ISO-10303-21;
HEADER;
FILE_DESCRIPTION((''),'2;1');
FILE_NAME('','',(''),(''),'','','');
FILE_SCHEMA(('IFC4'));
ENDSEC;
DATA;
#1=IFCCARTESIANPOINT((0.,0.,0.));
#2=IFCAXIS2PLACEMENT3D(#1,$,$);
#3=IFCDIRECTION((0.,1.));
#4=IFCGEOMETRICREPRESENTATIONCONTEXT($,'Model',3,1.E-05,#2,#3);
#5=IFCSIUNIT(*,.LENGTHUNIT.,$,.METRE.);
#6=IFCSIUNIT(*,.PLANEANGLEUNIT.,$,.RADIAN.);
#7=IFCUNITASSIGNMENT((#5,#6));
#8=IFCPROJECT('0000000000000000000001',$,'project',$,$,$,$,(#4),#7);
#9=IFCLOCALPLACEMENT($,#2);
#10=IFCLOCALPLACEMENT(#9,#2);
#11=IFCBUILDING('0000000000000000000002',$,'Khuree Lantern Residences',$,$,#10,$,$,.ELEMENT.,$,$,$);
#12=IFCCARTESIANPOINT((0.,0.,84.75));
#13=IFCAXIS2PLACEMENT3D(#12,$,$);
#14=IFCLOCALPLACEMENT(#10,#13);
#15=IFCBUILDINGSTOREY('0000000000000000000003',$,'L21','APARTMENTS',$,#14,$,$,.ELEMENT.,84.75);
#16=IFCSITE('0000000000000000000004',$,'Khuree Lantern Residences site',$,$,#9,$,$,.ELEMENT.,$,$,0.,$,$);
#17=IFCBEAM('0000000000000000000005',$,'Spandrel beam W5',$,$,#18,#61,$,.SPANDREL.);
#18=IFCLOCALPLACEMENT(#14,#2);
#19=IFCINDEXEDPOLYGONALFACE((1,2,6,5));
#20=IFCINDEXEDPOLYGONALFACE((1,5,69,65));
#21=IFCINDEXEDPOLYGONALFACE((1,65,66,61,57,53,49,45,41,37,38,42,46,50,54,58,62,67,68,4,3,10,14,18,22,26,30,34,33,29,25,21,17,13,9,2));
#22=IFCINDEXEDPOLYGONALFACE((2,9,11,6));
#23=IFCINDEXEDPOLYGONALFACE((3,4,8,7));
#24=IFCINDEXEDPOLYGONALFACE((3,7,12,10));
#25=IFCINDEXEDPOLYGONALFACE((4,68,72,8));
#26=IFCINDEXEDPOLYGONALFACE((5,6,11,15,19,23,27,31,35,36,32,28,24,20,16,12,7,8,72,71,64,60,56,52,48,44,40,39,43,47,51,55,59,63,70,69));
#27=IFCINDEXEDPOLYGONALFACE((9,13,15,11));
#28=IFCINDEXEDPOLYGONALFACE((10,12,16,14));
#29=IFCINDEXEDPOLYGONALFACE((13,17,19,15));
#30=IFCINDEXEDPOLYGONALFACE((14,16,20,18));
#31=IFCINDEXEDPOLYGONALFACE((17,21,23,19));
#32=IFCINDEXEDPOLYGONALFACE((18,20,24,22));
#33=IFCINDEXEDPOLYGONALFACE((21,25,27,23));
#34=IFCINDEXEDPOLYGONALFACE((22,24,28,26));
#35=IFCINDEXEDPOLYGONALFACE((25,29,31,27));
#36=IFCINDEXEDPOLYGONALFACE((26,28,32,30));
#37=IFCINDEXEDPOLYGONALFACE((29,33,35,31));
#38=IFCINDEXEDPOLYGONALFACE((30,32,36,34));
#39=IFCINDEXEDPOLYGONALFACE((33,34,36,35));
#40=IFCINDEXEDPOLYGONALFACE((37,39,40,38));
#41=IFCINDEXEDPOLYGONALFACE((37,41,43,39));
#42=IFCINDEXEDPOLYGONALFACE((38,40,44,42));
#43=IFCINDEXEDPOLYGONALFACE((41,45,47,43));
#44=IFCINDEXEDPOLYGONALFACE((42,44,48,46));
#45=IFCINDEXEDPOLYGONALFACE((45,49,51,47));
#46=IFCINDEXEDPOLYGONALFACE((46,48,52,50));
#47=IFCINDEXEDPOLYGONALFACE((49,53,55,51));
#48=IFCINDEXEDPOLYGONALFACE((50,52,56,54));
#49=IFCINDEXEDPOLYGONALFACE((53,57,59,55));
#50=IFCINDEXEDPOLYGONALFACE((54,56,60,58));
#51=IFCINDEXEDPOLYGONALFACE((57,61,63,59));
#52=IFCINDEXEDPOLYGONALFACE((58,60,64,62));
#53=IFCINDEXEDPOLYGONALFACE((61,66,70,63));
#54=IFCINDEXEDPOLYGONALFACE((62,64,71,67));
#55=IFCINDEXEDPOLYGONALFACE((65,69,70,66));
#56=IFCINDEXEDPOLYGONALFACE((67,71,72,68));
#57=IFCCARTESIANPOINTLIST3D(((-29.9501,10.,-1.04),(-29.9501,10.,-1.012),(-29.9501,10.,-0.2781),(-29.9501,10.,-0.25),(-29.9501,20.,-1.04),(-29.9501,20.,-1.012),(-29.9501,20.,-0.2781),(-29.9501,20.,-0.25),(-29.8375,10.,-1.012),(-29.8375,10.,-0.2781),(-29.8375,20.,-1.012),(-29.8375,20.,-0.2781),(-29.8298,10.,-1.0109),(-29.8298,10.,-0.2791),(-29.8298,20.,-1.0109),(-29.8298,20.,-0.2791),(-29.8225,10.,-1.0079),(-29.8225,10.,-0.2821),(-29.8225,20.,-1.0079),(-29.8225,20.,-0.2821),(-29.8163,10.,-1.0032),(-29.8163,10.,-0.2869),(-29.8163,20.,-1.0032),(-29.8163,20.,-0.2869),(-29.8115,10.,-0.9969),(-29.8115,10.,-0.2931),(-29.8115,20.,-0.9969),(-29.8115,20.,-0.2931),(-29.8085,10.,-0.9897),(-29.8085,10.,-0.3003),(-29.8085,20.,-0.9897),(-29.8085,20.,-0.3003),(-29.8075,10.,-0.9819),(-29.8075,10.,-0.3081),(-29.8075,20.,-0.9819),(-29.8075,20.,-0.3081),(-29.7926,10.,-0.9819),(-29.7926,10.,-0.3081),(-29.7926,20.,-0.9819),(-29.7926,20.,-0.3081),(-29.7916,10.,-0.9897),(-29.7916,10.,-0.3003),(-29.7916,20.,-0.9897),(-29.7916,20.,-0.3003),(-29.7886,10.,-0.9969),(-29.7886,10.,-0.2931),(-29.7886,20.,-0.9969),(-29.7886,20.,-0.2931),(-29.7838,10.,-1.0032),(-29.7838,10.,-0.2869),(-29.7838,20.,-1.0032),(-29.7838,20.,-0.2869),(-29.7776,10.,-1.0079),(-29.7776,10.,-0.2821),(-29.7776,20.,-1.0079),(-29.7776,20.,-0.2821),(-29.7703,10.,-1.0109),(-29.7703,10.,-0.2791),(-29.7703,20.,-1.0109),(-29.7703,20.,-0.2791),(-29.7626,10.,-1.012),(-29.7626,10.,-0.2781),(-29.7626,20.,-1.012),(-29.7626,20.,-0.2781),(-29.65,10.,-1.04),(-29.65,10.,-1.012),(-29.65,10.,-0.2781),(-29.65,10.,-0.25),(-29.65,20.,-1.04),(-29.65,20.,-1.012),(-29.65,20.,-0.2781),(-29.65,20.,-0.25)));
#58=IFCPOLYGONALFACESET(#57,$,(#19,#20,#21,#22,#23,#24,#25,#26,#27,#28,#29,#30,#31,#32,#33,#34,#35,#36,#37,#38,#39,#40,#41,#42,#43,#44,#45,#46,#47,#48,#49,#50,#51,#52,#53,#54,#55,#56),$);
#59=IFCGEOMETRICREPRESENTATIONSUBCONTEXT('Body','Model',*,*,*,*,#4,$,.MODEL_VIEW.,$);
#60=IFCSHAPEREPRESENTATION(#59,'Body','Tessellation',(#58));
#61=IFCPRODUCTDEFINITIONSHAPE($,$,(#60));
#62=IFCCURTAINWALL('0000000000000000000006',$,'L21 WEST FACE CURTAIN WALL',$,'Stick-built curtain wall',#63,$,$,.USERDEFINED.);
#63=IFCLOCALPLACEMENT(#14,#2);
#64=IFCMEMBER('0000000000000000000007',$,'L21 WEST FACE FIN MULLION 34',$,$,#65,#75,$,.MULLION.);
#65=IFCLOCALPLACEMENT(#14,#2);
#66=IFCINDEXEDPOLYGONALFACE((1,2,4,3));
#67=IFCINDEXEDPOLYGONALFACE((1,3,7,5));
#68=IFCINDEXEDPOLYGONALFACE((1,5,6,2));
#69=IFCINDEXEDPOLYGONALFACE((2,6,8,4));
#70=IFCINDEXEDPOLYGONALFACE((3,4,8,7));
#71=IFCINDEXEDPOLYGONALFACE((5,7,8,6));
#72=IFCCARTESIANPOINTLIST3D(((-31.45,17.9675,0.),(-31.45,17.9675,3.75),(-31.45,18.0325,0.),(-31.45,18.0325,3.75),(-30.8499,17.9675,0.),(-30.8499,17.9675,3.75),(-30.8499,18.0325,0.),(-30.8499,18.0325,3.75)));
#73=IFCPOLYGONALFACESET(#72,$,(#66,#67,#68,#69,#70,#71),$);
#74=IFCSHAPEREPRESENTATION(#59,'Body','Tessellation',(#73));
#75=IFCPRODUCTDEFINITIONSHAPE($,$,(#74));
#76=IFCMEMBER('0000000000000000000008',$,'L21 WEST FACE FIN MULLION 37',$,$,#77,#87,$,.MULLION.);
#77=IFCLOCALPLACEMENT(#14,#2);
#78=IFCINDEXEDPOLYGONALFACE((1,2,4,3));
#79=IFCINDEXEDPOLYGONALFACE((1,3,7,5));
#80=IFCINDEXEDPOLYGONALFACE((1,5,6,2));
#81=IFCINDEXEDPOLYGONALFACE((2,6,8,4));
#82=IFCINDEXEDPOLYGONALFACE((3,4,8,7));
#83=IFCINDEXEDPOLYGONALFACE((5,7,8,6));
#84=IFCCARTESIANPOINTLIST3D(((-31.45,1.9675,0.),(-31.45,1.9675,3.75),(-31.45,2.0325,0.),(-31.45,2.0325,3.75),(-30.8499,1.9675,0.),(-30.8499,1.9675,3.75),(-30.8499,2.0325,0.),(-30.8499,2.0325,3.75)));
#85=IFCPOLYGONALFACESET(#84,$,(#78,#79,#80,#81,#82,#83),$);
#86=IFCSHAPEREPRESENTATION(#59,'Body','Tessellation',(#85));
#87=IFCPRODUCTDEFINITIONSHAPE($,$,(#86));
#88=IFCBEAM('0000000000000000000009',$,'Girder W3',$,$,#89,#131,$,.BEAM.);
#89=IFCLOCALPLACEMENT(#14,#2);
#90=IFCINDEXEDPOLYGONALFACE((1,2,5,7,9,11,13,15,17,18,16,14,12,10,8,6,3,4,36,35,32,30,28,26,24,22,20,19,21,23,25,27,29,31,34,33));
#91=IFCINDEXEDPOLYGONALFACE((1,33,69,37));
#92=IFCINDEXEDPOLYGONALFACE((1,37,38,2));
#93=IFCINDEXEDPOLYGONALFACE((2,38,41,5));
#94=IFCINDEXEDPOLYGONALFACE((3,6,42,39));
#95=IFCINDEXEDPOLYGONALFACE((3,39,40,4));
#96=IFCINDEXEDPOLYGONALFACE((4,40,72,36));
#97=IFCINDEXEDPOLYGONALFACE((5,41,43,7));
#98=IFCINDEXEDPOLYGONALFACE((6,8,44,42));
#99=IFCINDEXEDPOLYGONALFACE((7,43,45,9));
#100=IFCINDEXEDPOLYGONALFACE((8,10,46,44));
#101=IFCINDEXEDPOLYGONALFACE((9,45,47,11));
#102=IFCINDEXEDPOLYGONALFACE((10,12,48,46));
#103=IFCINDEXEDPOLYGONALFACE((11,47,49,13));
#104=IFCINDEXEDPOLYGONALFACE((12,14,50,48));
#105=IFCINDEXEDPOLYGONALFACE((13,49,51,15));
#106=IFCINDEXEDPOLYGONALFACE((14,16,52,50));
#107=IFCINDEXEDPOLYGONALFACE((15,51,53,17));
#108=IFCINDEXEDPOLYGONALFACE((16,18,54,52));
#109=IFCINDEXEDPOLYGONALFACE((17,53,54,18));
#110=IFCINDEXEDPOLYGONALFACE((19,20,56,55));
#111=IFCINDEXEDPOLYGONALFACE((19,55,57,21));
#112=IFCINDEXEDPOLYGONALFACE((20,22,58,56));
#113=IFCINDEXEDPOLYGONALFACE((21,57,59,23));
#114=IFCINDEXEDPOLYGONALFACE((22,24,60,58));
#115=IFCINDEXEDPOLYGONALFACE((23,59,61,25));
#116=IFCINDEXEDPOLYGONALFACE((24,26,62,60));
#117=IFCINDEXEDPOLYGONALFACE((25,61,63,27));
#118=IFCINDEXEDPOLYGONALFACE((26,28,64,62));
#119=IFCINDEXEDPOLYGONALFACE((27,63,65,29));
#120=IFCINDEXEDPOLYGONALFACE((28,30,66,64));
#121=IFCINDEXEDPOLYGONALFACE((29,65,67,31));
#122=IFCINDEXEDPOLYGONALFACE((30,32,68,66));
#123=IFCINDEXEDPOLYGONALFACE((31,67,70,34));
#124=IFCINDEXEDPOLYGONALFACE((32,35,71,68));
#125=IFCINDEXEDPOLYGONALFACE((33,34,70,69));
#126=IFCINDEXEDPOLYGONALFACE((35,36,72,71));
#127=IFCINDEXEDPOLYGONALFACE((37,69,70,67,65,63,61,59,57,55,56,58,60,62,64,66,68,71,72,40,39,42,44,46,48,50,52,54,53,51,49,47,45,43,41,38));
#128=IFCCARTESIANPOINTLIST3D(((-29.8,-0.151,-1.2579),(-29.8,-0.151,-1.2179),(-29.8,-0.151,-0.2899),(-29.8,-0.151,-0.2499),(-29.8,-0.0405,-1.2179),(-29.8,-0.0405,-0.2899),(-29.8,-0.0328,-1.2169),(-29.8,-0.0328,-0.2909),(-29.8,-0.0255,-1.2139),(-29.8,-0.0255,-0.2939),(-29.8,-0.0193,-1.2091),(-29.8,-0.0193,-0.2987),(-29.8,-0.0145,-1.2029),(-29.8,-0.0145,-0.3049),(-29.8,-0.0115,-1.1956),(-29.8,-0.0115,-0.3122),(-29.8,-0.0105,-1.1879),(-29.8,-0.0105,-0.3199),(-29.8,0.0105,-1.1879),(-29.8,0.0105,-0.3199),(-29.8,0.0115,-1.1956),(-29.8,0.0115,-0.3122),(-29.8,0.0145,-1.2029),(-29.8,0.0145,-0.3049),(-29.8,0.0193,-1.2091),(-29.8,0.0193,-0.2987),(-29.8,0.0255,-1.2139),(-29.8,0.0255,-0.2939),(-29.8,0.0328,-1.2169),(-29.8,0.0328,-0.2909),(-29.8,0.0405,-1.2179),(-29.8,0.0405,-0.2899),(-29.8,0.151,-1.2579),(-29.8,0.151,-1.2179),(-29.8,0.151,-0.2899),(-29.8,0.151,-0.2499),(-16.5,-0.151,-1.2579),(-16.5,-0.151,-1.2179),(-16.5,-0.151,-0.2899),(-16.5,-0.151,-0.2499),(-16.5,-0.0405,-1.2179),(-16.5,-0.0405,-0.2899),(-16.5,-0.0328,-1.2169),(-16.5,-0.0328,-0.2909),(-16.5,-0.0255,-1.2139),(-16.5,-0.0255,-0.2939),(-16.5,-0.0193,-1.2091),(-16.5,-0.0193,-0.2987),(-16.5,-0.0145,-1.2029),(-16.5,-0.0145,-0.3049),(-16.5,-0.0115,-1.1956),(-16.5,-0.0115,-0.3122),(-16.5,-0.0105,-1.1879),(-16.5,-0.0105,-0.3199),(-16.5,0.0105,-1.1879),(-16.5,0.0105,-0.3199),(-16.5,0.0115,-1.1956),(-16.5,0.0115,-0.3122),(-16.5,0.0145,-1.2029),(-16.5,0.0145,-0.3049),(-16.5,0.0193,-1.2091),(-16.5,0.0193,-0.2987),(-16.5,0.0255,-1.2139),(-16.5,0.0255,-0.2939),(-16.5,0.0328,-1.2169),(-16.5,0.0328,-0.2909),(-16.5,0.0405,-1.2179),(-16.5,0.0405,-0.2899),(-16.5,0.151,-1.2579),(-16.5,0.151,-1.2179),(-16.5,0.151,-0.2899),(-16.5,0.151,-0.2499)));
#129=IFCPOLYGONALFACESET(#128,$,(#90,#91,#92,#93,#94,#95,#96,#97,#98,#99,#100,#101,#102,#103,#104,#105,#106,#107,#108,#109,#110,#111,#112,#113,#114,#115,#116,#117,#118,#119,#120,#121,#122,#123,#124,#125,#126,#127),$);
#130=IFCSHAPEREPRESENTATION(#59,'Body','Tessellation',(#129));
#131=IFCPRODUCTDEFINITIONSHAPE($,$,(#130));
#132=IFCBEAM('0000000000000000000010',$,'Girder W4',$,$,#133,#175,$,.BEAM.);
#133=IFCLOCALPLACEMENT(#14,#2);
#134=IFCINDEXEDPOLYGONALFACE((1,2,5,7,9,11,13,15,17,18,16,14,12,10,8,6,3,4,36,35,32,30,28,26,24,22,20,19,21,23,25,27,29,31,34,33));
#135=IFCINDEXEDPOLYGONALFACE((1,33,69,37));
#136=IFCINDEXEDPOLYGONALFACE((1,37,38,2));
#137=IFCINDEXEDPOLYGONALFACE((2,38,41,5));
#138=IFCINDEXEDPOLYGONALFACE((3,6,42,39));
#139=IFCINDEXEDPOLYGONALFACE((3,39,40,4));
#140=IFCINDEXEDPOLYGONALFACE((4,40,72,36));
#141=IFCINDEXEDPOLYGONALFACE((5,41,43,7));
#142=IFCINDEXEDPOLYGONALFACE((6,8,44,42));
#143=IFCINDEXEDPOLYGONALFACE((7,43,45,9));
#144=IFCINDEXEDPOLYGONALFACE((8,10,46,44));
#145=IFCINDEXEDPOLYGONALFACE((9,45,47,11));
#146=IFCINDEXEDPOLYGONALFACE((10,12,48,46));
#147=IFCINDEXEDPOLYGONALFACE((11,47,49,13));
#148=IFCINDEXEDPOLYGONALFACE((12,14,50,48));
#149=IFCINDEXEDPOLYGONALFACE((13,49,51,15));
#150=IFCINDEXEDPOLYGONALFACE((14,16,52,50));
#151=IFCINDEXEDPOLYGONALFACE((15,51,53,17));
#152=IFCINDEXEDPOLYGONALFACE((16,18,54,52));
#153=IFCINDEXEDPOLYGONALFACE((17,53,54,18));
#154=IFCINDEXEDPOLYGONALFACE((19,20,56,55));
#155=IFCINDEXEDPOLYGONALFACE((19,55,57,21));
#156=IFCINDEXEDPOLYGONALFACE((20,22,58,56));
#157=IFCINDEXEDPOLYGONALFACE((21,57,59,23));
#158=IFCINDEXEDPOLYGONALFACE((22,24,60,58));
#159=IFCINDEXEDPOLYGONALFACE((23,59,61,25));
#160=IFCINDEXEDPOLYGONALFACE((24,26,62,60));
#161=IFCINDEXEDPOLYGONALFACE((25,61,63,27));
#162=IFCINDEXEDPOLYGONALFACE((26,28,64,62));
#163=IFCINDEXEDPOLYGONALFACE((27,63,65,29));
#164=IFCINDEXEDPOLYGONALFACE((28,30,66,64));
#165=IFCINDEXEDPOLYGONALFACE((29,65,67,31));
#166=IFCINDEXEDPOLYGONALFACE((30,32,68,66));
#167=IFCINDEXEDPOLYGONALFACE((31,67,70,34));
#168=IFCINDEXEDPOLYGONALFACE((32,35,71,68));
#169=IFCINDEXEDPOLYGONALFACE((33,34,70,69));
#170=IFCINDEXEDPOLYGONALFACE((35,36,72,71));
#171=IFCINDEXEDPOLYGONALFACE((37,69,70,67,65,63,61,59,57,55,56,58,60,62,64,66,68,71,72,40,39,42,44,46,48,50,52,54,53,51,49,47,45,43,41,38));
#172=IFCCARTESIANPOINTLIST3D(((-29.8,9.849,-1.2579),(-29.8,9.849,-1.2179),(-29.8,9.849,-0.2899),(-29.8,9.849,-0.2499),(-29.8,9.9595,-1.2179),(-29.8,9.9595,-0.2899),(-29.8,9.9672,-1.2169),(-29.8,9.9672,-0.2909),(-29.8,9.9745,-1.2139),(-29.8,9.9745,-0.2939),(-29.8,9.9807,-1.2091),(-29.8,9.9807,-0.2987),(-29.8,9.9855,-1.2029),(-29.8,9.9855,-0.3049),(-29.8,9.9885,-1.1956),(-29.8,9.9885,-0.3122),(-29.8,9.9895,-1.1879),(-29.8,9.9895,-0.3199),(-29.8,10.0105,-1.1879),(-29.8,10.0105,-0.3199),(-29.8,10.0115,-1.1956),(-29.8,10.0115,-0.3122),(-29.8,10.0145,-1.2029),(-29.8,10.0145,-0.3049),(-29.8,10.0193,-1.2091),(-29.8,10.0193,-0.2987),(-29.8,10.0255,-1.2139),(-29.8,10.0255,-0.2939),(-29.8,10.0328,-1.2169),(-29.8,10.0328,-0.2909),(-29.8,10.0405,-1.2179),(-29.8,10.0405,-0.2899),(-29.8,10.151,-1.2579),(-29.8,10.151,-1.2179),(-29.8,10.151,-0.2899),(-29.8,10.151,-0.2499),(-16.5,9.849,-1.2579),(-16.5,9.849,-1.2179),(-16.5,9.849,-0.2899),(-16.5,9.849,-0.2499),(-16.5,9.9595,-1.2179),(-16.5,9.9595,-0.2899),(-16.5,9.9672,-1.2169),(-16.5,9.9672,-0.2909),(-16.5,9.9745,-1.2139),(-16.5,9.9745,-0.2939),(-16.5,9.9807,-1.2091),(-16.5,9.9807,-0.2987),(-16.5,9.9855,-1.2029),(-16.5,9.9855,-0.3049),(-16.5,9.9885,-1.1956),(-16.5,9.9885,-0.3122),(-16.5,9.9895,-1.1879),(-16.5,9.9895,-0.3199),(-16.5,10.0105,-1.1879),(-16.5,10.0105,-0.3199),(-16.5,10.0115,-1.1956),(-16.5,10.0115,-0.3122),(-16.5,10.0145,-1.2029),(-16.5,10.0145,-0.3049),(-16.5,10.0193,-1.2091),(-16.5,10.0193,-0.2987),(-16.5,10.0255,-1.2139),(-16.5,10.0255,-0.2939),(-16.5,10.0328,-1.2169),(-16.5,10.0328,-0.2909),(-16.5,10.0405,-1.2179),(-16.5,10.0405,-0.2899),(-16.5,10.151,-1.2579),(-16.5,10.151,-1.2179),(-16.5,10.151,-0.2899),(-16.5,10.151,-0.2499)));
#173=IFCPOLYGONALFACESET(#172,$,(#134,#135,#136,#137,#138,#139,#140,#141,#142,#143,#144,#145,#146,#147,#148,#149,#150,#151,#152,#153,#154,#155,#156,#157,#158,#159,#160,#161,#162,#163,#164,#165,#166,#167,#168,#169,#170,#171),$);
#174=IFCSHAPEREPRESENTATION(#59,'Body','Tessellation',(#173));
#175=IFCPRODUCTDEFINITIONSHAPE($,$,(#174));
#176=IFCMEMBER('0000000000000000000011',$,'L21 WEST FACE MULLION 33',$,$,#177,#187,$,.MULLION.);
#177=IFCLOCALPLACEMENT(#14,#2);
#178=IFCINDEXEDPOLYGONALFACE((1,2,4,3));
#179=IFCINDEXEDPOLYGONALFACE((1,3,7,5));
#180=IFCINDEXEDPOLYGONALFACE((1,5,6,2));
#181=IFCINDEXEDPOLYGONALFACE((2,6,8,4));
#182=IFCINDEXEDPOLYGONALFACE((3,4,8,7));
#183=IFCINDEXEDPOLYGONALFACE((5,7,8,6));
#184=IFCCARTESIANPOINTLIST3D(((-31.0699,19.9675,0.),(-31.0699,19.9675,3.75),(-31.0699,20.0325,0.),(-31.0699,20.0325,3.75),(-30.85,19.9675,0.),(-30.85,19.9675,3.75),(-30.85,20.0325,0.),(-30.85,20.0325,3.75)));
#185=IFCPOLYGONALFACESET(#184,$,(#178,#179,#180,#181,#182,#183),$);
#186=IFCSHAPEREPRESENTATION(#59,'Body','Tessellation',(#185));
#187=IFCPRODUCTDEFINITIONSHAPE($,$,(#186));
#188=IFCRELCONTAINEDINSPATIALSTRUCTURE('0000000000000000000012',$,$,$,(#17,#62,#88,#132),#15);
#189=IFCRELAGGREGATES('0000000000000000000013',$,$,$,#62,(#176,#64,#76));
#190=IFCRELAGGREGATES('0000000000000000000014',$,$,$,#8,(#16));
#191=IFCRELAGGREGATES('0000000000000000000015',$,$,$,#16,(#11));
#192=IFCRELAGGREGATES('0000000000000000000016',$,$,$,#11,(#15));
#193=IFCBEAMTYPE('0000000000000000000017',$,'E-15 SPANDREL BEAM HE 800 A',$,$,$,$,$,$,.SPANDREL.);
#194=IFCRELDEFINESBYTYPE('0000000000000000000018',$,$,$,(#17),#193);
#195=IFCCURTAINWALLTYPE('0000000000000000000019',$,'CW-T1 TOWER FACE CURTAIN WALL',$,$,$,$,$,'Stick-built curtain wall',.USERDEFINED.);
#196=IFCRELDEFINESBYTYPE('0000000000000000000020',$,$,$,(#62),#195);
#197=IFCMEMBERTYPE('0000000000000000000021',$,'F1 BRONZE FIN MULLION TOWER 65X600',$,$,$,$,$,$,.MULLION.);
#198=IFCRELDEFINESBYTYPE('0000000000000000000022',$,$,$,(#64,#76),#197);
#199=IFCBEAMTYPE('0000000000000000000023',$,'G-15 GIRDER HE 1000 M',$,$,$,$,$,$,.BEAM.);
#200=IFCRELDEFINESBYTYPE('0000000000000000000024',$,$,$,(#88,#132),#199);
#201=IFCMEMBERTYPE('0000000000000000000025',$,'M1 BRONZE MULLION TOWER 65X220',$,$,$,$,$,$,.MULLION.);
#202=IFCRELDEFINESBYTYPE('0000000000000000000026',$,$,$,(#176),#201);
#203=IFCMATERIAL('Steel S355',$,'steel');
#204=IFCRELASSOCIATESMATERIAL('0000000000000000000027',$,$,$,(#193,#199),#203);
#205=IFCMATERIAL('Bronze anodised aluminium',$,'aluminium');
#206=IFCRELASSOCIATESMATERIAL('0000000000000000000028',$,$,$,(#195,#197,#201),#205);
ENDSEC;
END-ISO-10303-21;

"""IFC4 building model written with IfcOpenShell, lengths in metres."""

from ifc_helpers import new_model, si_unit, direction, frame, origin, origin_2d, place, context, subcontext, project, spatial, rectangle, i_section, extrude, material, material_profile, profile_set, type_object, element, aggregate, save


model = new_model("IFC4")

# Units and contexts
model_context = context("Model", 3, precision=1e-05, world=origin(), true_north=direction((0.0, 1.0)))
body_context = subcontext(model_context, "Body", "Model", "MODEL_VIEW")
ifc_project = project(units=[si_unit("LENGTHUNIT", "METRE"), si_unit("PLANEANGLEUNIT", "RADIAN")], contexts=[model_context])

# Site, building, storey
site_placement = place(None, origin())
site = spatial("IfcSite", under=ifc_project, at=site_placement, Name="Khuree Lantern Residences site", CompositionType="ELEMENT", RefElevation=0.0)
building_placement = place(site_placement, origin())
building = spatial("IfcBuilding", under=site, at=building_placement, Name="Khuree Lantern Residences", CompositionType="ELEMENT")
storey_placement = place(building_placement, frame((0.0, 0.0, 84.75)))
storey = spatial("IfcBuildingStorey", under=building, at=storey_placement, Name="L21", Description="APARTMENTS", CompositionType="ELEMENT", Elevation=84.75)

# Beam
ifc_material_1 = material(Name="Steel S355", Category="steel")
ifc_material_profile_1 = material_profile(ifc_material_1, i_section(OverallWidth=0.3, OverallDepth=0.79, WebThickness=0.0149, FlangeThickness=0.0281, FilletRadius=0.03, at=origin_2d()), Name="HE 800 A")
ifc_profile_set_1 = profile_set([ifc_material_profile_1], Name="Steel S355")
beam_type_1 = type_object("IfcBeamType", Name="E-15 SPANDREL BEAM HE 800 A", PredefinedType="SPANDREL", material=ifc_profile_set_1)
for number, where, z_axis, x_axis, name in (
    (1, (-29.8, 10.0, -0.645), (0.0, 1.0, 0.0), (-1.0, 0.0, 0.0), "Spandrel beam W5"),
):
    element("IfcBeam", number, at=place(storey_placement, frame(where, z_axis=z_axis, x_axis=x_axis)), inside=storey, type_object=beam_type_1, Name=name, PredefinedType="SPANDREL", context=body_context, shape_type="SweptSolid", body=[
        extrude(i_section(OverallWidth=0.3, OverallDepth=0.79, WebThickness=0.0149, FlangeThickness=0.0281, FilletRadius=0.03, at=origin_2d()), origin(), (0.0, 0.0, 1.0), 10.0),
    ])

# Curtain wall, members
ifc_material_2 = material(Name="Bronze anodised aluminium", Category="aluminium")
curtain_wall_type = type_object("IfcCurtainWallType", Name="CW-T1 TOWER FACE CURTAIN WALL", ElementType="Stick-built curtain wall", PredefinedType="USERDEFINED", material=ifc_material_2)
curtain_wall_placement = place(storey_placement, origin())
curtain_wall = element("IfcCurtainWall", 2, at=curtain_wall_placement, inside=storey, type_object=curtain_wall_type, Name="L21 WEST FACE CURTAIN WALL", ObjectType="Stick-built curtain wall", PredefinedType="USERDEFINED")
ifc_material_profile_2 = material_profile(ifc_material_2, rectangle(XDim=0.0649, YDim=0.6001, at=origin_2d()), Name="F1 65X600")
ifc_profile_set_2 = profile_set([ifc_material_profile_2], Name="Bronze anodised aluminium")
member_type_1 = type_object("IfcMemberType", Name="F1 BRONZE FIN MULLION TOWER 65X600", PredefinedType="MULLION", material=ifc_profile_set_2)
member_1_placement = place(storey_placement, frame((-31.1499, 18.0, 0.0), z_axis=(0.0, 0.0, 1.0), x_axis=(0.0, -1.0, 0.0)))
member_1 = element("IfcMember", 3, at=member_1_placement, type_object=member_type_1, Name="L21 WEST FACE FIN MULLION 34", PredefinedType="MULLION", context=body_context, shape_type="SweptSolid", body=[
    extrude(rectangle(XDim=0.0649, YDim=0.6001, at=origin_2d()), origin(), (0.0, 0.0, 1.0), 3.75),
])
member_2_placement = place(storey_placement, frame((-31.1499, 2.0, 0.0), z_axis=(0.0, 0.0, 1.0), x_axis=(0.0, -1.0, 0.0)))
member_2 = element("IfcMember", 4, at=member_2_placement, type_object=member_type_1, Name="L21 WEST FACE FIN MULLION 37", PredefinedType="MULLION", context=body_context, shape_type="SweptSolid", body=[
    extrude(rectangle(XDim=0.0649, YDim=0.6001, at=origin_2d()), origin(), (0.0, 0.0, 1.0), 3.75),
])

# Beams
ifc_material_profile_3 = material_profile(ifc_material_1, i_section(OverallWidth=0.302, OverallDepth=1.0081, WebThickness=0.021, FlangeThickness=0.04, FilletRadius=0.03, at=origin_2d()), Name="HE 1000 M")
ifc_profile_set_3 = profile_set([ifc_material_profile_3], Name="Steel S355")
beam_type_2 = type_object("IfcBeamType", Name="G-15 GIRDER HE 1000 M", PredefinedType="BEAM", material=ifc_profile_set_3)
for number, where, z_axis, x_axis, name in (
    (5, (-29.8, 0.0, -0.7539), (1.0, 0.0, 0.0), (0.0, 1.0, 0.0), "Girder W3"),
    (6, (-29.8, 10.0, -0.7539), (1.0, 0.0, 0.0), (0.0, 1.0, 0.0), "Girder W4"),
):
    element("IfcBeam", number, at=place(storey_placement, frame(where, z_axis=z_axis, x_axis=x_axis)), inside=storey, type_object=beam_type_2, Name=name, PredefinedType="BEAM", context=body_context, shape_type="SweptSolid", body=[
        extrude(i_section(OverallWidth=0.302, OverallDepth=1.0081, WebThickness=0.021, FlangeThickness=0.04, FilletRadius=0.03, at=origin_2d()), origin(), (0.0, 0.0, 1.0), 13.3),
    ])

# Member
ifc_material_profile_4 = material_profile(ifc_material_2, rectangle(XDim=0.0649, YDim=0.22, at=origin_2d()), Name="M1 65X220")
ifc_profile_set_4 = profile_set([ifc_material_profile_4], Name="Bronze anodised aluminium")
member_type_2 = type_object("IfcMemberType", Name="M1 BRONZE MULLION TOWER 65X220", PredefinedType="MULLION", material=ifc_profile_set_4)
member_3_placement = place(storey_placement, frame((-30.96, 20.0, 0.0), z_axis=(0.0, 0.0, 1.0), x_axis=(0.0, -1.0, 0.0)))
member_3 = element("IfcMember", 7, at=member_3_placement, type_object=member_type_2, Name="L21 WEST FACE MULLION 33", PredefinedType="MULLION", context=body_context, shape_type="SweptSolid", body=[
    extrude(rectangle(XDim=0.0649, YDim=0.22, at=origin_2d()), origin(), (0.0, 0.0, 1.0), 3.75),
])

aggregate(curtain_wall, [member_3, member_1, member_2])

save(model, "model.ifc")
